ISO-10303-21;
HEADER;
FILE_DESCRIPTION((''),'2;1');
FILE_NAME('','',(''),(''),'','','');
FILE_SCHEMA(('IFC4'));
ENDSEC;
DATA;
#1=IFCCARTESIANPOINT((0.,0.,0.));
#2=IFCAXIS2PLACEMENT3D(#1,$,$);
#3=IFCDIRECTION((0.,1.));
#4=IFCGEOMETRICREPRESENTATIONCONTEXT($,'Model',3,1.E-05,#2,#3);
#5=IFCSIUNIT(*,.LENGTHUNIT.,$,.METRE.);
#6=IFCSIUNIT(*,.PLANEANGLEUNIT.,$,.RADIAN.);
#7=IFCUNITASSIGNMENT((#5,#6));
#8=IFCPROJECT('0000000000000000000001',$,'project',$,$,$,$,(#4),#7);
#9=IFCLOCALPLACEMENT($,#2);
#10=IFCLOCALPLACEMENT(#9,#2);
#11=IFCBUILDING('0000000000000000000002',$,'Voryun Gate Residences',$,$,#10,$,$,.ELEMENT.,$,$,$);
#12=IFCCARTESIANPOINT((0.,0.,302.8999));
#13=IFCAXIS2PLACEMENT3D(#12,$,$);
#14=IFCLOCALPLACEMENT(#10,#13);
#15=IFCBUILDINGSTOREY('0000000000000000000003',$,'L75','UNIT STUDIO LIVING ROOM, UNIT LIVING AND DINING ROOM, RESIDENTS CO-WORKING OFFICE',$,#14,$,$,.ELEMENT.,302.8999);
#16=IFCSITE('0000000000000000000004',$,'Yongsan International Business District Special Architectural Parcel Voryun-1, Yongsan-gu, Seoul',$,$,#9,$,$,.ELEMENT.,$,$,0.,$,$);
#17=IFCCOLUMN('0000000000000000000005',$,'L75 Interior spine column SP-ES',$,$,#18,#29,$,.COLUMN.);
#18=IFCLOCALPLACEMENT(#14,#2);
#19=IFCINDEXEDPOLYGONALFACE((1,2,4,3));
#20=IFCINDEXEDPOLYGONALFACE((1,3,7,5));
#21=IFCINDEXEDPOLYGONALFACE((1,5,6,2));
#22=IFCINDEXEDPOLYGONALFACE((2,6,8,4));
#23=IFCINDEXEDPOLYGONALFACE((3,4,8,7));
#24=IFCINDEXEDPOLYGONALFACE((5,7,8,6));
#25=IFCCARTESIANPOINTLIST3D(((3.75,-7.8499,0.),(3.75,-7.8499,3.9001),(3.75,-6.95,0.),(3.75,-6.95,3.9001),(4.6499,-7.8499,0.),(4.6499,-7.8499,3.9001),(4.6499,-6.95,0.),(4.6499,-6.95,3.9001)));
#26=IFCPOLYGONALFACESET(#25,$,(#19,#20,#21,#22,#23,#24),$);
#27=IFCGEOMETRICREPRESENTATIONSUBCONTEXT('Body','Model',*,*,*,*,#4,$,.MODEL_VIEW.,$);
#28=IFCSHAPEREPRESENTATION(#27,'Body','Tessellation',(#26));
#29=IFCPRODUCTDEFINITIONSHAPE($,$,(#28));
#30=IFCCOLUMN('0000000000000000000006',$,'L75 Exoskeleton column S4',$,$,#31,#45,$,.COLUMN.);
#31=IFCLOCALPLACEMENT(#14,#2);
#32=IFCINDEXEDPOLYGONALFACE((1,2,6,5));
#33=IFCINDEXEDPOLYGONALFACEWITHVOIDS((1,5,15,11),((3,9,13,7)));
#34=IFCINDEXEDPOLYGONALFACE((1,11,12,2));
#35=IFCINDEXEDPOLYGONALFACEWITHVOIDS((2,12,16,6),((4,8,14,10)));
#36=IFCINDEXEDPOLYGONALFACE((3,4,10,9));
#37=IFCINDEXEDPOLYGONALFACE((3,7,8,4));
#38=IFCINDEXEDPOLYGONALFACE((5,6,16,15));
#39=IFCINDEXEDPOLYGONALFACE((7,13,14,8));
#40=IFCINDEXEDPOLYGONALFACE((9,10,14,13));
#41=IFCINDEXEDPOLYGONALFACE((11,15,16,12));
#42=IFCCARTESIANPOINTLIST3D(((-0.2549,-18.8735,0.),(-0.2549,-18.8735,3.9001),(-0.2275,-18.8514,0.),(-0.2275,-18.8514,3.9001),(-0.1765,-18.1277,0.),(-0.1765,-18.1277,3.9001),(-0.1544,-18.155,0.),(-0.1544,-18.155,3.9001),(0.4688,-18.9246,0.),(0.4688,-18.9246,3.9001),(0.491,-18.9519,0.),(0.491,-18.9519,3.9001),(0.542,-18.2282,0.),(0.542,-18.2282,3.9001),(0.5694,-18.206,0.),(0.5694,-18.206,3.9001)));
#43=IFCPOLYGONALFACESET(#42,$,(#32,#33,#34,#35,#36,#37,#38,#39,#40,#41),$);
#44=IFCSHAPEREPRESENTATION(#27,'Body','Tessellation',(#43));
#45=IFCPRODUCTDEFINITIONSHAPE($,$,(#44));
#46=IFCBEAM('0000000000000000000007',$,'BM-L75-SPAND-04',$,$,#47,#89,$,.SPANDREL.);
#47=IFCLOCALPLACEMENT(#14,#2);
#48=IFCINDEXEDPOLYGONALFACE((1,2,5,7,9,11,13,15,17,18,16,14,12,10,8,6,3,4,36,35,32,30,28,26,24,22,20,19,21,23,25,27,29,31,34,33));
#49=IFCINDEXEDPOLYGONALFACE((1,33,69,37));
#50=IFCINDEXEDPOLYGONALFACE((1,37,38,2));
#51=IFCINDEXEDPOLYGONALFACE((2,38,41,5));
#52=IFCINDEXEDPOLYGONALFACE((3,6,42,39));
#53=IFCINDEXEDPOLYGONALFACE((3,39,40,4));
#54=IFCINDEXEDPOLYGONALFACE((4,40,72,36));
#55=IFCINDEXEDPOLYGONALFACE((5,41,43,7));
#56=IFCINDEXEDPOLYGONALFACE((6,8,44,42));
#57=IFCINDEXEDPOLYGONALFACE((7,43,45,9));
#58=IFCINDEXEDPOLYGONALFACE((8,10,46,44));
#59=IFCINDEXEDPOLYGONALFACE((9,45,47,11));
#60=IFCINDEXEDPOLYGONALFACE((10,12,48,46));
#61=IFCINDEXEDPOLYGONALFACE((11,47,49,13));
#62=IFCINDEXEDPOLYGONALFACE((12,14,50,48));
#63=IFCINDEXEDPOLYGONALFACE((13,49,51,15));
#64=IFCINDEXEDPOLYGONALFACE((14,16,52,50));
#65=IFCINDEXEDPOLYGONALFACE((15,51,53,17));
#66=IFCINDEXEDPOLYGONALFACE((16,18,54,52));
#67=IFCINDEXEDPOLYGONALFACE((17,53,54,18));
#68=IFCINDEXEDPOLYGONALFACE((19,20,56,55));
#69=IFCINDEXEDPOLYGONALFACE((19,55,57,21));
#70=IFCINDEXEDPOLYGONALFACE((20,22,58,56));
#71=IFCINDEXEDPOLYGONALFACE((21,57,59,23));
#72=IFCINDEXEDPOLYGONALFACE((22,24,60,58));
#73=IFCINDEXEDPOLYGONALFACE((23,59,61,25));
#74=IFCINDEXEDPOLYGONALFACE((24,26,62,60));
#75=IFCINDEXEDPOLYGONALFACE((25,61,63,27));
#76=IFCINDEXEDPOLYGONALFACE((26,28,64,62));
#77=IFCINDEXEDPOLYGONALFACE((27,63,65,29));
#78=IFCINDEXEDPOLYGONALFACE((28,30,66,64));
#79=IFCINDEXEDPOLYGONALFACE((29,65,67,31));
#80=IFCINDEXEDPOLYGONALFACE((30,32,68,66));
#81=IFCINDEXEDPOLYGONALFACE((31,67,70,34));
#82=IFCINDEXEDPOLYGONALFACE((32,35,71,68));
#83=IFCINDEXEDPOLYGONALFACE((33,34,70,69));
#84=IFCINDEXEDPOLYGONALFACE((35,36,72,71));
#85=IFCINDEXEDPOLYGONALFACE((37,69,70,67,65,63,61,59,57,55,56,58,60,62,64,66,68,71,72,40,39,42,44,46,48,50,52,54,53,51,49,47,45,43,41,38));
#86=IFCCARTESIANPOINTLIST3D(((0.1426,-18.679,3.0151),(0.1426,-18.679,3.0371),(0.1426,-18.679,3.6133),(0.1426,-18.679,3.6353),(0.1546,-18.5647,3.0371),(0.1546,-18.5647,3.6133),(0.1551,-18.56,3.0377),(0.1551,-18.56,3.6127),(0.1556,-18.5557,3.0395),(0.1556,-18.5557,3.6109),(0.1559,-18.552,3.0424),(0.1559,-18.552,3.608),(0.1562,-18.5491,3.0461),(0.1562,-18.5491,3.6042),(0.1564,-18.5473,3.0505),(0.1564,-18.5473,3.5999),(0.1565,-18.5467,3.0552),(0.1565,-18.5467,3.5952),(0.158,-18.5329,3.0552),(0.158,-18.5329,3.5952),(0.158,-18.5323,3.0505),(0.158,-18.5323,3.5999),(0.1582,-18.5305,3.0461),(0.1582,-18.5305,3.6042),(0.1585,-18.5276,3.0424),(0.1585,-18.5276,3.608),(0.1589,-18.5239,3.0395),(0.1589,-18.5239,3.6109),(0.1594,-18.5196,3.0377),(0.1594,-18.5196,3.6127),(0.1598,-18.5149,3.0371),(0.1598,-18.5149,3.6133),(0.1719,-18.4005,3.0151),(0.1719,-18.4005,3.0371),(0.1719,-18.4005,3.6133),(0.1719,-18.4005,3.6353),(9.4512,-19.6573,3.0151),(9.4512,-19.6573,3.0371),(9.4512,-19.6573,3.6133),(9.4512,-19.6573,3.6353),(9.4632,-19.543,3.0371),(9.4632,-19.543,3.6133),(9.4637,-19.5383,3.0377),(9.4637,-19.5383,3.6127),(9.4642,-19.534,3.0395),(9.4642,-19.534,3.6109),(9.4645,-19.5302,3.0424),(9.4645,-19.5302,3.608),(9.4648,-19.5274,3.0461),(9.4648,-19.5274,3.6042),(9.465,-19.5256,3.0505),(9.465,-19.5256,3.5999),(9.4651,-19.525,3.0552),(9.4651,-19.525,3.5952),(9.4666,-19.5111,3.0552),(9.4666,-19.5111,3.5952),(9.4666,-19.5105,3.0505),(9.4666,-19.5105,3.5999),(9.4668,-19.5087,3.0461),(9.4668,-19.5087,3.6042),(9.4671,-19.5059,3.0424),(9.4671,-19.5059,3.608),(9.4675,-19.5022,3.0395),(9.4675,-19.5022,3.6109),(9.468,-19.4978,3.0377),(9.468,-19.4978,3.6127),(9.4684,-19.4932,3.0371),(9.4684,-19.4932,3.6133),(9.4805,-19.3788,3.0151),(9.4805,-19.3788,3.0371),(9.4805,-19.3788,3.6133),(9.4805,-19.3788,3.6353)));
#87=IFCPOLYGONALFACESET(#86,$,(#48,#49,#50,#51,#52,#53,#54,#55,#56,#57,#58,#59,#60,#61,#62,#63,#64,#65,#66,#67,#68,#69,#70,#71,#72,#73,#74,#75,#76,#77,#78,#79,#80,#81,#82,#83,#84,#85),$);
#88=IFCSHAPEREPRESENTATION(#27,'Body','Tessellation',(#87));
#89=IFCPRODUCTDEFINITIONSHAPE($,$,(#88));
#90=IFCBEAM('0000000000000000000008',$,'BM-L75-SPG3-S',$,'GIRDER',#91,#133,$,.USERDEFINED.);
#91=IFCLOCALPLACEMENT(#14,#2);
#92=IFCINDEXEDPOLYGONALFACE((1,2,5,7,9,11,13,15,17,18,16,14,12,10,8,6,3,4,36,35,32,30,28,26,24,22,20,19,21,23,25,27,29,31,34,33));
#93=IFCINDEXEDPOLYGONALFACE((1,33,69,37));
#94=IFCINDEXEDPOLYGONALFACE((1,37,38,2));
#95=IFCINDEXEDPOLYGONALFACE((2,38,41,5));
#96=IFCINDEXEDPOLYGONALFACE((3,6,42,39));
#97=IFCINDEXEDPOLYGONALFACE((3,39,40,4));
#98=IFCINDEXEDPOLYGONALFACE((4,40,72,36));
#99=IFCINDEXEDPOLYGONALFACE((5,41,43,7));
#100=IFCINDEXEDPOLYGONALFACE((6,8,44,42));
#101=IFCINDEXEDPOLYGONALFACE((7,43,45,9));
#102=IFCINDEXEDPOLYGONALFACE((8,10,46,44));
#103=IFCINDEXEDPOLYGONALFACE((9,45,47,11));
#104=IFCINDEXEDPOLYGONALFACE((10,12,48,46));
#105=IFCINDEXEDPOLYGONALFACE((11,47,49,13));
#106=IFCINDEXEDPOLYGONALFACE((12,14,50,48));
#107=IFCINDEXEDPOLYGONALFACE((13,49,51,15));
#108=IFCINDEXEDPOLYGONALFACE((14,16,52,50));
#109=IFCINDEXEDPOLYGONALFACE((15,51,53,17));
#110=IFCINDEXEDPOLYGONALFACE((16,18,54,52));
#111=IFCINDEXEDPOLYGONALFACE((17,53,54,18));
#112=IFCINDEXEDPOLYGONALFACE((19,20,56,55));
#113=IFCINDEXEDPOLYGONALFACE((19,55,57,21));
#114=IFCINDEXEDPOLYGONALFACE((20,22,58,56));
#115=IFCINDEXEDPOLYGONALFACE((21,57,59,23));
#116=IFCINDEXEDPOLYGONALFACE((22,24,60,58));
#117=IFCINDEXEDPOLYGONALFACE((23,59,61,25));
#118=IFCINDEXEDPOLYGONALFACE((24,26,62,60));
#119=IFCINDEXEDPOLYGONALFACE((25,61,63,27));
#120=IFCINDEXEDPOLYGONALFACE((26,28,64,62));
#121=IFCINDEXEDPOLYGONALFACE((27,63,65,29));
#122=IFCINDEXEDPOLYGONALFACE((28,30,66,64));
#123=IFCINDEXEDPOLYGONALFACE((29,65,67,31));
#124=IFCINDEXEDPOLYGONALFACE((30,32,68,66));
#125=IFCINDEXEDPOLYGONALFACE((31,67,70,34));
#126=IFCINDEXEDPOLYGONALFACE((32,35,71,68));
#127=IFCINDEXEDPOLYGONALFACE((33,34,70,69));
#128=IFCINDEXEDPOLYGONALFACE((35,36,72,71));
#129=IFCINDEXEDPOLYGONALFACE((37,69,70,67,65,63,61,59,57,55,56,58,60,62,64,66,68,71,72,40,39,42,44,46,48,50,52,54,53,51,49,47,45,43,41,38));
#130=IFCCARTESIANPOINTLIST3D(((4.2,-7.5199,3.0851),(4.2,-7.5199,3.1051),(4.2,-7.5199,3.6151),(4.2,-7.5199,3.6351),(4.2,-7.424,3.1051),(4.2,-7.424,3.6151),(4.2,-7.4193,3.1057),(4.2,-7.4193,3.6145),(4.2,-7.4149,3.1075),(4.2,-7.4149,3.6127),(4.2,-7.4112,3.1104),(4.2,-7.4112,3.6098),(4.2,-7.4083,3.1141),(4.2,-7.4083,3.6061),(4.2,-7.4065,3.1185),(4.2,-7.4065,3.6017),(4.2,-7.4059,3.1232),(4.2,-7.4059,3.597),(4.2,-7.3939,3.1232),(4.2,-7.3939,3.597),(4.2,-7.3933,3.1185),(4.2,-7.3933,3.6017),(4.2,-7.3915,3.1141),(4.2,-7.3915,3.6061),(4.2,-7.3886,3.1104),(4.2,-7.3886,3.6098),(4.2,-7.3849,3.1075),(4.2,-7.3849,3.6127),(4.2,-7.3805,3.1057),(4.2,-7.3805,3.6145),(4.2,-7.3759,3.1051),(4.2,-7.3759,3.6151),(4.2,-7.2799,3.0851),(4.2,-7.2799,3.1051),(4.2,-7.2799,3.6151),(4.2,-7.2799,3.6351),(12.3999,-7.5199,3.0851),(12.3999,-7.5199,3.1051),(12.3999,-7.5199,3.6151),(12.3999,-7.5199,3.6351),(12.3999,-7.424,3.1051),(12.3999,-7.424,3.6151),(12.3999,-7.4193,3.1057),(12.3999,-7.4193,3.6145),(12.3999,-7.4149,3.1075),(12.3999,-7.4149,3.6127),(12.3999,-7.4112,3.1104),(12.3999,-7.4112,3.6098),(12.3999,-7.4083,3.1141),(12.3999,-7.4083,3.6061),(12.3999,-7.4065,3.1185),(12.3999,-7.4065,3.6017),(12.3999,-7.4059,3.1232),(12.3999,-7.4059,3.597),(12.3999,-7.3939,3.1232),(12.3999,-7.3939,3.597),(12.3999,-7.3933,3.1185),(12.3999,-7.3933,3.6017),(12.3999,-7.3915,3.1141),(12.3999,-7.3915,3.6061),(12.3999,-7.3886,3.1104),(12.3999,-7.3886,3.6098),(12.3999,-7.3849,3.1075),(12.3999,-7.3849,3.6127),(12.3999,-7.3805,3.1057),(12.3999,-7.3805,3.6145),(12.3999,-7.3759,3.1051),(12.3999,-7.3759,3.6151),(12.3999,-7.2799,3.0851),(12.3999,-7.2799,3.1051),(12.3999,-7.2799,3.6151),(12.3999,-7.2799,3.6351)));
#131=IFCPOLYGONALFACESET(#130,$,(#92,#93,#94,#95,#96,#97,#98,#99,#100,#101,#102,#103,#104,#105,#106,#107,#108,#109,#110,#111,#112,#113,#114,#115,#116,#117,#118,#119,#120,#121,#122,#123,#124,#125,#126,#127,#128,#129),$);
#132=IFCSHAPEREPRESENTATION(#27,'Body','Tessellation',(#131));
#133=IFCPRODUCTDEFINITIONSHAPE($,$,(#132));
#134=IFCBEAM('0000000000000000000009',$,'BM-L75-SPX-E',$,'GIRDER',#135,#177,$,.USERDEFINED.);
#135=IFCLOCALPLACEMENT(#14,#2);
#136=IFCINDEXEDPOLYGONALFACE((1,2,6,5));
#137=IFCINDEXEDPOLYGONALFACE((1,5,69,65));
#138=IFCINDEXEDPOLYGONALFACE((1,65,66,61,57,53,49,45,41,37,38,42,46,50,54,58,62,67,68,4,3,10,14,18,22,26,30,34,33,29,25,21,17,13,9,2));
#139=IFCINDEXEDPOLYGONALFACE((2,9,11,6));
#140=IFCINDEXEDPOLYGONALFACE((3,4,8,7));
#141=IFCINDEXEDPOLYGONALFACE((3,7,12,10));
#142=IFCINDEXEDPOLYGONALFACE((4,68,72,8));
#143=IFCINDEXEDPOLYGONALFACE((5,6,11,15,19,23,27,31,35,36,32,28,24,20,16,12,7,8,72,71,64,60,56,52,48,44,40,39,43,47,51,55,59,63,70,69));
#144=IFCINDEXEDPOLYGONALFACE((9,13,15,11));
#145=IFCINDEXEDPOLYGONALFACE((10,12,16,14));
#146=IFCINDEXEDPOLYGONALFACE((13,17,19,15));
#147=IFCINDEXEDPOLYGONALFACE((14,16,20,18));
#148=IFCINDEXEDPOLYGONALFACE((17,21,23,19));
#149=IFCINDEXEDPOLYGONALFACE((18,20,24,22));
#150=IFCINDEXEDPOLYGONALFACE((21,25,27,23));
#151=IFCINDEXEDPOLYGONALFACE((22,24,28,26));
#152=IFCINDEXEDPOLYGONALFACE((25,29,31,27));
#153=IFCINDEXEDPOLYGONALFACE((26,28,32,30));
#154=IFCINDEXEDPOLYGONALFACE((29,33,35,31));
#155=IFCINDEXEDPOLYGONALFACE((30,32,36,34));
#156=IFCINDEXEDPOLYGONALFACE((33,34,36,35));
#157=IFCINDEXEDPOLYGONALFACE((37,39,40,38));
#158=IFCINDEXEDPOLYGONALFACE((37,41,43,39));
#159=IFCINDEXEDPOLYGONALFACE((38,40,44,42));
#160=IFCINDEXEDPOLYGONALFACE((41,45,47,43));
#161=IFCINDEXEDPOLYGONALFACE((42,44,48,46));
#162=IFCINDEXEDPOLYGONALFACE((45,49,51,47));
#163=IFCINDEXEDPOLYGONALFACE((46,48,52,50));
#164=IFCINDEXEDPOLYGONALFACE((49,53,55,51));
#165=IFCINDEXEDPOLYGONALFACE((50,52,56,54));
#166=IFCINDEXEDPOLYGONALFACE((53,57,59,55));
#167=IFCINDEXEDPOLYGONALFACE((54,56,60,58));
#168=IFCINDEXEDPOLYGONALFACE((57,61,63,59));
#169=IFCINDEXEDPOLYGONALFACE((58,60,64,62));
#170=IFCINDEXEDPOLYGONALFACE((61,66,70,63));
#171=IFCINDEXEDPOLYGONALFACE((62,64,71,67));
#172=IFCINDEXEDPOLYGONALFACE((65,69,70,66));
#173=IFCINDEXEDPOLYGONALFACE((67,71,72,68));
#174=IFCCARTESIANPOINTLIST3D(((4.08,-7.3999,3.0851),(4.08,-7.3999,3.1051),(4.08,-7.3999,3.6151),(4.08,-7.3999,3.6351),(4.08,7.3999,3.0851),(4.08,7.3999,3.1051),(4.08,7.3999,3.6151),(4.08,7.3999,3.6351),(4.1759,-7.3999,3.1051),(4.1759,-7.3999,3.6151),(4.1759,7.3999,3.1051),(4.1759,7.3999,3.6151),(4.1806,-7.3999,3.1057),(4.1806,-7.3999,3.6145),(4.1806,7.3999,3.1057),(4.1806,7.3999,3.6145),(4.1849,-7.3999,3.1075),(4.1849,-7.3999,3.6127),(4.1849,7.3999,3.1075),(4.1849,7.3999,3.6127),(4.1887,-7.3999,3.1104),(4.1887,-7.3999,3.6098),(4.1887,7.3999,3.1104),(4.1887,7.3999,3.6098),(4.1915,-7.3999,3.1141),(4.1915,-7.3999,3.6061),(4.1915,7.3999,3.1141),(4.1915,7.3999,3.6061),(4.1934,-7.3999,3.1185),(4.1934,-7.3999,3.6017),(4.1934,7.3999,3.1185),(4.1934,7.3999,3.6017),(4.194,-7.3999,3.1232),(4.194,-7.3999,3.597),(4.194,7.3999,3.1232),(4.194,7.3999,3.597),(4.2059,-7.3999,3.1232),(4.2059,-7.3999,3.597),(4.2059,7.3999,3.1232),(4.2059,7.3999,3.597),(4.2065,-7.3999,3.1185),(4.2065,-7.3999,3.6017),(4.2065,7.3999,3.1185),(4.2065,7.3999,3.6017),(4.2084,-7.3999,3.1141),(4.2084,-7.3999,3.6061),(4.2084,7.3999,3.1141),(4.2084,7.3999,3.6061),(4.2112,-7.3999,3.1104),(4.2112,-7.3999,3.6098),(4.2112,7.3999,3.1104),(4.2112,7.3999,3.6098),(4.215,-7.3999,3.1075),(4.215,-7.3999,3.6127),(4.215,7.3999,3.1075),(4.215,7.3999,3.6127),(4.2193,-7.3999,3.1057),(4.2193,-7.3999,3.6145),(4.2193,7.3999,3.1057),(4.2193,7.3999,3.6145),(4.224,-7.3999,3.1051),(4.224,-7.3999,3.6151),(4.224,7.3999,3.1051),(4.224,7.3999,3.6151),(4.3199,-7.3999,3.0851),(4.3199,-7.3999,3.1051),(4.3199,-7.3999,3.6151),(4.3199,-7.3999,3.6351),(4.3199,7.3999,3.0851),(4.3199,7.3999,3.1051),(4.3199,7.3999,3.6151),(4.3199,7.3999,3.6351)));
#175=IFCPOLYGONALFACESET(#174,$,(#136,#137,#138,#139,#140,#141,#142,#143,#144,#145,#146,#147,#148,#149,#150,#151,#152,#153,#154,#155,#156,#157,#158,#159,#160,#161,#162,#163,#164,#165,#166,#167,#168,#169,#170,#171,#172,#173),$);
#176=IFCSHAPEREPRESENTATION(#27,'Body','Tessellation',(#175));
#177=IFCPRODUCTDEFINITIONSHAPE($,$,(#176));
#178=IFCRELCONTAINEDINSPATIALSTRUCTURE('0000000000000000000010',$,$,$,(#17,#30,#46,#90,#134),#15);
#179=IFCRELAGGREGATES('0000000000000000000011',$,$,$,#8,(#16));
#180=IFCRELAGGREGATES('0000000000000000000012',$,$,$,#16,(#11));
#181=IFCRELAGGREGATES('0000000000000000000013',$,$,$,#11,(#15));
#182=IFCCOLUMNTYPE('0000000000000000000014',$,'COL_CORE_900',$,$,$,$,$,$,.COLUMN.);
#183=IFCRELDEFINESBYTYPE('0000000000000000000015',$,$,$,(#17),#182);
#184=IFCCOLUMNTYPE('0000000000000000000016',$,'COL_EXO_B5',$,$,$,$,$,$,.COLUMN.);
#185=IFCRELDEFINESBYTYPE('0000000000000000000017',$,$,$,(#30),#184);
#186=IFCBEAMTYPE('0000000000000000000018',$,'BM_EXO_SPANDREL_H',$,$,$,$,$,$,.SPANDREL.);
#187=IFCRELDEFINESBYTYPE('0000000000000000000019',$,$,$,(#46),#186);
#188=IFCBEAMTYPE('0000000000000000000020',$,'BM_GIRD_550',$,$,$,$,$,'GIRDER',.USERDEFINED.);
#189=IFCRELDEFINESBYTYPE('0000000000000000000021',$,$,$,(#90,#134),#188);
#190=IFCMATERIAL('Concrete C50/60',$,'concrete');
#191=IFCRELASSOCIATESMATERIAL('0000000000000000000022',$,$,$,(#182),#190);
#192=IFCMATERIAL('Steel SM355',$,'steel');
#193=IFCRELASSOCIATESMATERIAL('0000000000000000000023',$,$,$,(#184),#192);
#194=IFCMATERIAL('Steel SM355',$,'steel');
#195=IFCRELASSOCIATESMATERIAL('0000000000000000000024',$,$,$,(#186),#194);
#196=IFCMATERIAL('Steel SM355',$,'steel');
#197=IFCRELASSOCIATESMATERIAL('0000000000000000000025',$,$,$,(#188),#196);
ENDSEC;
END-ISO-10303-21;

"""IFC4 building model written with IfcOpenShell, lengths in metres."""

from ifc_helpers import new_model, si_unit, direction, frame, origin, origin_2d, place, context, subcontext, project, spatial, rectangle, hollow_rectangle, i_section, extrude, material, material_profile, profile_set, type_object, element, save


model = new_model("IFC4")

# Units and contexts
model_context = context("Model", 3, precision=1e-05, world=origin(), true_north=direction((0.0, 1.0)))
body_context = subcontext(model_context, "Body", "Model", "MODEL_VIEW")
ifc_project = project(units=[si_unit("LENGTHUNIT", "METRE"), si_unit("PLANEANGLEUNIT", "RADIAN")], contexts=[model_context])

# Site, building, storey
site_placement = place(None, origin())
site = spatial("IfcSite", under=ifc_project, at=site_placement, Name="Yongsan International Business District Special Architectural Parcel Voryun-1, Yongsan-gu, Seoul", CompositionType="ELEMENT", RefElevation=0.0)
building_placement = place(site_placement, origin())
building = spatial("IfcBuilding", under=site, at=building_placement, Name="Voryun Gate Residences", CompositionType="ELEMENT")
storey_placement = place(building_placement, frame((0.0, 0.0, 302.8999)))
storey = spatial("IfcBuildingStorey", under=building, at=storey_placement, Name="L75", Description="UNIT STUDIO LIVING ROOM, UNIT LIVING AND DINING ROOM, RESIDENTS CO-WORKING OFFICE", CompositionType="ELEMENT", Elevation=302.8999)

# Columns
ifc_material_1 = material(Name="Concrete C50/60", Category="concrete")
ifc_material_profile_1 = material_profile(ifc_material_1, rectangle(XDim=0.8999, YDim=0.8999, at=origin_2d()), Name="RC-900x900")
ifc_profile_set_1 = profile_set([ifc_material_profile_1], Name="Concrete C50/60")
column_type_1 = type_object("IfcColumnType", Name="COL_CORE_900", PredefinedType="COLUMN", material=ifc_profile_set_1)
column_1_placement = place(storey_placement, frame((4.2, -7.3999, 0.0), z_axis=(0.0, 0.0, 1.0), x_axis=(1.0, 0.0, 0.0)))
element("IfcColumn", 1, at=column_1_placement, inside=storey, type_object=column_type_1, Name="L75 Interior spine column SP-ES", PredefinedType="COLUMN", context=body_context, shape_type="SweptSolid", body=[
    extrude(rectangle(XDim=0.8999, YDim=0.8999, at=origin_2d()), origin(), (0.0, 0.0, 1.0), 3.9001),
])
ifc_material_2 = material(Name="Steel SM355", Category="steel")
ifc_material_profile_2 = material_profile(ifc_material_2, hollow_rectangle(XDim=0.75, YDim=0.75, WallThickness=0.0249, at=origin_2d()), Name="BOX-750x750x25")
ifc_profile_set_2 = profile_set([ifc_material_profile_2], Name="Steel SM355")
column_type_2 = type_object("IfcColumnType", Name="COL_EXO_B5", PredefinedType="COLUMN", material=ifc_profile_set_2)
column_2_placement = place(storey_placement, frame((0.1572, -18.5398, 0.0), z_axis=(0.0, 0.0, 1.0), x_axis=(0.994522, -0.104528, 0.0)))
element("IfcColumn", 2, at=column_2_placement, inside=storey, type_object=column_type_2, Name="L75 Exoskeleton column S4", PredefinedType="COLUMN", context=body_context, shape_type="SweptSolid", body=[
    extrude(hollow_rectangle(XDim=0.75, YDim=0.75, WallThickness=0.0249, at=origin_2d()), origin(), (0.0, 0.0, 1.0), 3.9001),
])

# Beams
ifc_material_3 = material(Name="Steel SM355", Category="steel")
ifc_material_profile_3 = material_profile(ifc_material_3, i_section(OverallWidth=0.28, OverallDepth=0.6201, WebThickness=0.0139, FlangeThickness=0.022, FilletRadius=0.0181, at=origin_2d()), Name="H-620x280x14x22")
ifc_profile_set_3 = profile_set([ifc_material_profile_3], Name="Steel SM355")
beam_type_1 = type_object("IfcBeamType", Name="BM_EXO_SPANDREL_H", PredefinedType="SPANDREL", material=ifc_profile_set_3)
beam_1_placement = place(storey_placement, frame((0.1572, -18.5398, 3.3252), z_axis=(0.994523, -0.104518, 0.0), x_axis=(0.104518, 0.994523, 0.0)))
element("IfcBeam", 3, at=beam_1_placement, inside=storey, type_object=beam_type_1, Name="BM-L75-SPAND-04", PredefinedType="SPANDREL", context=body_context, shape_type="SweptSolid", body=[
    extrude(i_section(OverallWidth=0.28, OverallDepth=0.6201, WebThickness=0.0139, FlangeThickness=0.022, FilletRadius=0.0181, at=origin_2d()), origin(), (0.0, 0.0, 1.0), 9.3599),
])
ifc_material_4 = material(Name="Steel SM355", Category="steel")
ifc_material_profile_4 = material_profile(ifc_material_4, i_section(OverallWidth=0.24, OverallDepth=0.55, WebThickness=0.012, FlangeThickness=0.02, FilletRadius=0.0181, at=origin_2d()), Name="H-550x240x12x20")
ifc_profile_set_4 = profile_set([ifc_material_profile_4], Name="Steel SM355")
beam_type_2 = type_object("IfcBeamType", Name="BM_GIRD_550", ElementType="GIRDER", PredefinedType="USERDEFINED", material=ifc_profile_set_4)
beam_2_placement = place(storey_placement, frame((4.2, -7.3999, 3.3601), z_axis=(1.0, 0.0, 0.0), x_axis=(0.0, 1.0, 0.0)))
element("IfcBeam", 4, at=beam_2_placement, inside=storey, type_object=beam_type_2, Name="BM-L75-SPG3-S", ObjectType="GIRDER", PredefinedType="USERDEFINED", context=body_context, shape_type="SweptSolid", body=[
    extrude(i_section(OverallWidth=0.24, OverallDepth=0.55, WebThickness=0.012, FlangeThickness=0.02, FilletRadius=0.0181, at=origin_2d()), origin(), (0.0, 0.0, 1.0), 8.2),
])
beam_3_placement = place(storey_placement, frame((4.2, -7.3999, 3.3601), z_axis=(0.0, 1.0, 0.0), x_axis=(-1.0, 0.0, 0.0)))
element("IfcBeam", 5, at=beam_3_placement, inside=storey, type_object=beam_type_2, Name="BM-L75-SPX-E", ObjectType="GIRDER", PredefinedType="USERDEFINED", context=body_context, shape_type="SweptSolid", body=[
    extrude(i_section(OverallWidth=0.24, OverallDepth=0.55, WebThickness=0.012, FlangeThickness=0.02, FilletRadius=0.0181, at=origin_2d()), origin(), (0.0, 0.0, 1.0), 14.7998),
])

save(model, "model.ifc")
